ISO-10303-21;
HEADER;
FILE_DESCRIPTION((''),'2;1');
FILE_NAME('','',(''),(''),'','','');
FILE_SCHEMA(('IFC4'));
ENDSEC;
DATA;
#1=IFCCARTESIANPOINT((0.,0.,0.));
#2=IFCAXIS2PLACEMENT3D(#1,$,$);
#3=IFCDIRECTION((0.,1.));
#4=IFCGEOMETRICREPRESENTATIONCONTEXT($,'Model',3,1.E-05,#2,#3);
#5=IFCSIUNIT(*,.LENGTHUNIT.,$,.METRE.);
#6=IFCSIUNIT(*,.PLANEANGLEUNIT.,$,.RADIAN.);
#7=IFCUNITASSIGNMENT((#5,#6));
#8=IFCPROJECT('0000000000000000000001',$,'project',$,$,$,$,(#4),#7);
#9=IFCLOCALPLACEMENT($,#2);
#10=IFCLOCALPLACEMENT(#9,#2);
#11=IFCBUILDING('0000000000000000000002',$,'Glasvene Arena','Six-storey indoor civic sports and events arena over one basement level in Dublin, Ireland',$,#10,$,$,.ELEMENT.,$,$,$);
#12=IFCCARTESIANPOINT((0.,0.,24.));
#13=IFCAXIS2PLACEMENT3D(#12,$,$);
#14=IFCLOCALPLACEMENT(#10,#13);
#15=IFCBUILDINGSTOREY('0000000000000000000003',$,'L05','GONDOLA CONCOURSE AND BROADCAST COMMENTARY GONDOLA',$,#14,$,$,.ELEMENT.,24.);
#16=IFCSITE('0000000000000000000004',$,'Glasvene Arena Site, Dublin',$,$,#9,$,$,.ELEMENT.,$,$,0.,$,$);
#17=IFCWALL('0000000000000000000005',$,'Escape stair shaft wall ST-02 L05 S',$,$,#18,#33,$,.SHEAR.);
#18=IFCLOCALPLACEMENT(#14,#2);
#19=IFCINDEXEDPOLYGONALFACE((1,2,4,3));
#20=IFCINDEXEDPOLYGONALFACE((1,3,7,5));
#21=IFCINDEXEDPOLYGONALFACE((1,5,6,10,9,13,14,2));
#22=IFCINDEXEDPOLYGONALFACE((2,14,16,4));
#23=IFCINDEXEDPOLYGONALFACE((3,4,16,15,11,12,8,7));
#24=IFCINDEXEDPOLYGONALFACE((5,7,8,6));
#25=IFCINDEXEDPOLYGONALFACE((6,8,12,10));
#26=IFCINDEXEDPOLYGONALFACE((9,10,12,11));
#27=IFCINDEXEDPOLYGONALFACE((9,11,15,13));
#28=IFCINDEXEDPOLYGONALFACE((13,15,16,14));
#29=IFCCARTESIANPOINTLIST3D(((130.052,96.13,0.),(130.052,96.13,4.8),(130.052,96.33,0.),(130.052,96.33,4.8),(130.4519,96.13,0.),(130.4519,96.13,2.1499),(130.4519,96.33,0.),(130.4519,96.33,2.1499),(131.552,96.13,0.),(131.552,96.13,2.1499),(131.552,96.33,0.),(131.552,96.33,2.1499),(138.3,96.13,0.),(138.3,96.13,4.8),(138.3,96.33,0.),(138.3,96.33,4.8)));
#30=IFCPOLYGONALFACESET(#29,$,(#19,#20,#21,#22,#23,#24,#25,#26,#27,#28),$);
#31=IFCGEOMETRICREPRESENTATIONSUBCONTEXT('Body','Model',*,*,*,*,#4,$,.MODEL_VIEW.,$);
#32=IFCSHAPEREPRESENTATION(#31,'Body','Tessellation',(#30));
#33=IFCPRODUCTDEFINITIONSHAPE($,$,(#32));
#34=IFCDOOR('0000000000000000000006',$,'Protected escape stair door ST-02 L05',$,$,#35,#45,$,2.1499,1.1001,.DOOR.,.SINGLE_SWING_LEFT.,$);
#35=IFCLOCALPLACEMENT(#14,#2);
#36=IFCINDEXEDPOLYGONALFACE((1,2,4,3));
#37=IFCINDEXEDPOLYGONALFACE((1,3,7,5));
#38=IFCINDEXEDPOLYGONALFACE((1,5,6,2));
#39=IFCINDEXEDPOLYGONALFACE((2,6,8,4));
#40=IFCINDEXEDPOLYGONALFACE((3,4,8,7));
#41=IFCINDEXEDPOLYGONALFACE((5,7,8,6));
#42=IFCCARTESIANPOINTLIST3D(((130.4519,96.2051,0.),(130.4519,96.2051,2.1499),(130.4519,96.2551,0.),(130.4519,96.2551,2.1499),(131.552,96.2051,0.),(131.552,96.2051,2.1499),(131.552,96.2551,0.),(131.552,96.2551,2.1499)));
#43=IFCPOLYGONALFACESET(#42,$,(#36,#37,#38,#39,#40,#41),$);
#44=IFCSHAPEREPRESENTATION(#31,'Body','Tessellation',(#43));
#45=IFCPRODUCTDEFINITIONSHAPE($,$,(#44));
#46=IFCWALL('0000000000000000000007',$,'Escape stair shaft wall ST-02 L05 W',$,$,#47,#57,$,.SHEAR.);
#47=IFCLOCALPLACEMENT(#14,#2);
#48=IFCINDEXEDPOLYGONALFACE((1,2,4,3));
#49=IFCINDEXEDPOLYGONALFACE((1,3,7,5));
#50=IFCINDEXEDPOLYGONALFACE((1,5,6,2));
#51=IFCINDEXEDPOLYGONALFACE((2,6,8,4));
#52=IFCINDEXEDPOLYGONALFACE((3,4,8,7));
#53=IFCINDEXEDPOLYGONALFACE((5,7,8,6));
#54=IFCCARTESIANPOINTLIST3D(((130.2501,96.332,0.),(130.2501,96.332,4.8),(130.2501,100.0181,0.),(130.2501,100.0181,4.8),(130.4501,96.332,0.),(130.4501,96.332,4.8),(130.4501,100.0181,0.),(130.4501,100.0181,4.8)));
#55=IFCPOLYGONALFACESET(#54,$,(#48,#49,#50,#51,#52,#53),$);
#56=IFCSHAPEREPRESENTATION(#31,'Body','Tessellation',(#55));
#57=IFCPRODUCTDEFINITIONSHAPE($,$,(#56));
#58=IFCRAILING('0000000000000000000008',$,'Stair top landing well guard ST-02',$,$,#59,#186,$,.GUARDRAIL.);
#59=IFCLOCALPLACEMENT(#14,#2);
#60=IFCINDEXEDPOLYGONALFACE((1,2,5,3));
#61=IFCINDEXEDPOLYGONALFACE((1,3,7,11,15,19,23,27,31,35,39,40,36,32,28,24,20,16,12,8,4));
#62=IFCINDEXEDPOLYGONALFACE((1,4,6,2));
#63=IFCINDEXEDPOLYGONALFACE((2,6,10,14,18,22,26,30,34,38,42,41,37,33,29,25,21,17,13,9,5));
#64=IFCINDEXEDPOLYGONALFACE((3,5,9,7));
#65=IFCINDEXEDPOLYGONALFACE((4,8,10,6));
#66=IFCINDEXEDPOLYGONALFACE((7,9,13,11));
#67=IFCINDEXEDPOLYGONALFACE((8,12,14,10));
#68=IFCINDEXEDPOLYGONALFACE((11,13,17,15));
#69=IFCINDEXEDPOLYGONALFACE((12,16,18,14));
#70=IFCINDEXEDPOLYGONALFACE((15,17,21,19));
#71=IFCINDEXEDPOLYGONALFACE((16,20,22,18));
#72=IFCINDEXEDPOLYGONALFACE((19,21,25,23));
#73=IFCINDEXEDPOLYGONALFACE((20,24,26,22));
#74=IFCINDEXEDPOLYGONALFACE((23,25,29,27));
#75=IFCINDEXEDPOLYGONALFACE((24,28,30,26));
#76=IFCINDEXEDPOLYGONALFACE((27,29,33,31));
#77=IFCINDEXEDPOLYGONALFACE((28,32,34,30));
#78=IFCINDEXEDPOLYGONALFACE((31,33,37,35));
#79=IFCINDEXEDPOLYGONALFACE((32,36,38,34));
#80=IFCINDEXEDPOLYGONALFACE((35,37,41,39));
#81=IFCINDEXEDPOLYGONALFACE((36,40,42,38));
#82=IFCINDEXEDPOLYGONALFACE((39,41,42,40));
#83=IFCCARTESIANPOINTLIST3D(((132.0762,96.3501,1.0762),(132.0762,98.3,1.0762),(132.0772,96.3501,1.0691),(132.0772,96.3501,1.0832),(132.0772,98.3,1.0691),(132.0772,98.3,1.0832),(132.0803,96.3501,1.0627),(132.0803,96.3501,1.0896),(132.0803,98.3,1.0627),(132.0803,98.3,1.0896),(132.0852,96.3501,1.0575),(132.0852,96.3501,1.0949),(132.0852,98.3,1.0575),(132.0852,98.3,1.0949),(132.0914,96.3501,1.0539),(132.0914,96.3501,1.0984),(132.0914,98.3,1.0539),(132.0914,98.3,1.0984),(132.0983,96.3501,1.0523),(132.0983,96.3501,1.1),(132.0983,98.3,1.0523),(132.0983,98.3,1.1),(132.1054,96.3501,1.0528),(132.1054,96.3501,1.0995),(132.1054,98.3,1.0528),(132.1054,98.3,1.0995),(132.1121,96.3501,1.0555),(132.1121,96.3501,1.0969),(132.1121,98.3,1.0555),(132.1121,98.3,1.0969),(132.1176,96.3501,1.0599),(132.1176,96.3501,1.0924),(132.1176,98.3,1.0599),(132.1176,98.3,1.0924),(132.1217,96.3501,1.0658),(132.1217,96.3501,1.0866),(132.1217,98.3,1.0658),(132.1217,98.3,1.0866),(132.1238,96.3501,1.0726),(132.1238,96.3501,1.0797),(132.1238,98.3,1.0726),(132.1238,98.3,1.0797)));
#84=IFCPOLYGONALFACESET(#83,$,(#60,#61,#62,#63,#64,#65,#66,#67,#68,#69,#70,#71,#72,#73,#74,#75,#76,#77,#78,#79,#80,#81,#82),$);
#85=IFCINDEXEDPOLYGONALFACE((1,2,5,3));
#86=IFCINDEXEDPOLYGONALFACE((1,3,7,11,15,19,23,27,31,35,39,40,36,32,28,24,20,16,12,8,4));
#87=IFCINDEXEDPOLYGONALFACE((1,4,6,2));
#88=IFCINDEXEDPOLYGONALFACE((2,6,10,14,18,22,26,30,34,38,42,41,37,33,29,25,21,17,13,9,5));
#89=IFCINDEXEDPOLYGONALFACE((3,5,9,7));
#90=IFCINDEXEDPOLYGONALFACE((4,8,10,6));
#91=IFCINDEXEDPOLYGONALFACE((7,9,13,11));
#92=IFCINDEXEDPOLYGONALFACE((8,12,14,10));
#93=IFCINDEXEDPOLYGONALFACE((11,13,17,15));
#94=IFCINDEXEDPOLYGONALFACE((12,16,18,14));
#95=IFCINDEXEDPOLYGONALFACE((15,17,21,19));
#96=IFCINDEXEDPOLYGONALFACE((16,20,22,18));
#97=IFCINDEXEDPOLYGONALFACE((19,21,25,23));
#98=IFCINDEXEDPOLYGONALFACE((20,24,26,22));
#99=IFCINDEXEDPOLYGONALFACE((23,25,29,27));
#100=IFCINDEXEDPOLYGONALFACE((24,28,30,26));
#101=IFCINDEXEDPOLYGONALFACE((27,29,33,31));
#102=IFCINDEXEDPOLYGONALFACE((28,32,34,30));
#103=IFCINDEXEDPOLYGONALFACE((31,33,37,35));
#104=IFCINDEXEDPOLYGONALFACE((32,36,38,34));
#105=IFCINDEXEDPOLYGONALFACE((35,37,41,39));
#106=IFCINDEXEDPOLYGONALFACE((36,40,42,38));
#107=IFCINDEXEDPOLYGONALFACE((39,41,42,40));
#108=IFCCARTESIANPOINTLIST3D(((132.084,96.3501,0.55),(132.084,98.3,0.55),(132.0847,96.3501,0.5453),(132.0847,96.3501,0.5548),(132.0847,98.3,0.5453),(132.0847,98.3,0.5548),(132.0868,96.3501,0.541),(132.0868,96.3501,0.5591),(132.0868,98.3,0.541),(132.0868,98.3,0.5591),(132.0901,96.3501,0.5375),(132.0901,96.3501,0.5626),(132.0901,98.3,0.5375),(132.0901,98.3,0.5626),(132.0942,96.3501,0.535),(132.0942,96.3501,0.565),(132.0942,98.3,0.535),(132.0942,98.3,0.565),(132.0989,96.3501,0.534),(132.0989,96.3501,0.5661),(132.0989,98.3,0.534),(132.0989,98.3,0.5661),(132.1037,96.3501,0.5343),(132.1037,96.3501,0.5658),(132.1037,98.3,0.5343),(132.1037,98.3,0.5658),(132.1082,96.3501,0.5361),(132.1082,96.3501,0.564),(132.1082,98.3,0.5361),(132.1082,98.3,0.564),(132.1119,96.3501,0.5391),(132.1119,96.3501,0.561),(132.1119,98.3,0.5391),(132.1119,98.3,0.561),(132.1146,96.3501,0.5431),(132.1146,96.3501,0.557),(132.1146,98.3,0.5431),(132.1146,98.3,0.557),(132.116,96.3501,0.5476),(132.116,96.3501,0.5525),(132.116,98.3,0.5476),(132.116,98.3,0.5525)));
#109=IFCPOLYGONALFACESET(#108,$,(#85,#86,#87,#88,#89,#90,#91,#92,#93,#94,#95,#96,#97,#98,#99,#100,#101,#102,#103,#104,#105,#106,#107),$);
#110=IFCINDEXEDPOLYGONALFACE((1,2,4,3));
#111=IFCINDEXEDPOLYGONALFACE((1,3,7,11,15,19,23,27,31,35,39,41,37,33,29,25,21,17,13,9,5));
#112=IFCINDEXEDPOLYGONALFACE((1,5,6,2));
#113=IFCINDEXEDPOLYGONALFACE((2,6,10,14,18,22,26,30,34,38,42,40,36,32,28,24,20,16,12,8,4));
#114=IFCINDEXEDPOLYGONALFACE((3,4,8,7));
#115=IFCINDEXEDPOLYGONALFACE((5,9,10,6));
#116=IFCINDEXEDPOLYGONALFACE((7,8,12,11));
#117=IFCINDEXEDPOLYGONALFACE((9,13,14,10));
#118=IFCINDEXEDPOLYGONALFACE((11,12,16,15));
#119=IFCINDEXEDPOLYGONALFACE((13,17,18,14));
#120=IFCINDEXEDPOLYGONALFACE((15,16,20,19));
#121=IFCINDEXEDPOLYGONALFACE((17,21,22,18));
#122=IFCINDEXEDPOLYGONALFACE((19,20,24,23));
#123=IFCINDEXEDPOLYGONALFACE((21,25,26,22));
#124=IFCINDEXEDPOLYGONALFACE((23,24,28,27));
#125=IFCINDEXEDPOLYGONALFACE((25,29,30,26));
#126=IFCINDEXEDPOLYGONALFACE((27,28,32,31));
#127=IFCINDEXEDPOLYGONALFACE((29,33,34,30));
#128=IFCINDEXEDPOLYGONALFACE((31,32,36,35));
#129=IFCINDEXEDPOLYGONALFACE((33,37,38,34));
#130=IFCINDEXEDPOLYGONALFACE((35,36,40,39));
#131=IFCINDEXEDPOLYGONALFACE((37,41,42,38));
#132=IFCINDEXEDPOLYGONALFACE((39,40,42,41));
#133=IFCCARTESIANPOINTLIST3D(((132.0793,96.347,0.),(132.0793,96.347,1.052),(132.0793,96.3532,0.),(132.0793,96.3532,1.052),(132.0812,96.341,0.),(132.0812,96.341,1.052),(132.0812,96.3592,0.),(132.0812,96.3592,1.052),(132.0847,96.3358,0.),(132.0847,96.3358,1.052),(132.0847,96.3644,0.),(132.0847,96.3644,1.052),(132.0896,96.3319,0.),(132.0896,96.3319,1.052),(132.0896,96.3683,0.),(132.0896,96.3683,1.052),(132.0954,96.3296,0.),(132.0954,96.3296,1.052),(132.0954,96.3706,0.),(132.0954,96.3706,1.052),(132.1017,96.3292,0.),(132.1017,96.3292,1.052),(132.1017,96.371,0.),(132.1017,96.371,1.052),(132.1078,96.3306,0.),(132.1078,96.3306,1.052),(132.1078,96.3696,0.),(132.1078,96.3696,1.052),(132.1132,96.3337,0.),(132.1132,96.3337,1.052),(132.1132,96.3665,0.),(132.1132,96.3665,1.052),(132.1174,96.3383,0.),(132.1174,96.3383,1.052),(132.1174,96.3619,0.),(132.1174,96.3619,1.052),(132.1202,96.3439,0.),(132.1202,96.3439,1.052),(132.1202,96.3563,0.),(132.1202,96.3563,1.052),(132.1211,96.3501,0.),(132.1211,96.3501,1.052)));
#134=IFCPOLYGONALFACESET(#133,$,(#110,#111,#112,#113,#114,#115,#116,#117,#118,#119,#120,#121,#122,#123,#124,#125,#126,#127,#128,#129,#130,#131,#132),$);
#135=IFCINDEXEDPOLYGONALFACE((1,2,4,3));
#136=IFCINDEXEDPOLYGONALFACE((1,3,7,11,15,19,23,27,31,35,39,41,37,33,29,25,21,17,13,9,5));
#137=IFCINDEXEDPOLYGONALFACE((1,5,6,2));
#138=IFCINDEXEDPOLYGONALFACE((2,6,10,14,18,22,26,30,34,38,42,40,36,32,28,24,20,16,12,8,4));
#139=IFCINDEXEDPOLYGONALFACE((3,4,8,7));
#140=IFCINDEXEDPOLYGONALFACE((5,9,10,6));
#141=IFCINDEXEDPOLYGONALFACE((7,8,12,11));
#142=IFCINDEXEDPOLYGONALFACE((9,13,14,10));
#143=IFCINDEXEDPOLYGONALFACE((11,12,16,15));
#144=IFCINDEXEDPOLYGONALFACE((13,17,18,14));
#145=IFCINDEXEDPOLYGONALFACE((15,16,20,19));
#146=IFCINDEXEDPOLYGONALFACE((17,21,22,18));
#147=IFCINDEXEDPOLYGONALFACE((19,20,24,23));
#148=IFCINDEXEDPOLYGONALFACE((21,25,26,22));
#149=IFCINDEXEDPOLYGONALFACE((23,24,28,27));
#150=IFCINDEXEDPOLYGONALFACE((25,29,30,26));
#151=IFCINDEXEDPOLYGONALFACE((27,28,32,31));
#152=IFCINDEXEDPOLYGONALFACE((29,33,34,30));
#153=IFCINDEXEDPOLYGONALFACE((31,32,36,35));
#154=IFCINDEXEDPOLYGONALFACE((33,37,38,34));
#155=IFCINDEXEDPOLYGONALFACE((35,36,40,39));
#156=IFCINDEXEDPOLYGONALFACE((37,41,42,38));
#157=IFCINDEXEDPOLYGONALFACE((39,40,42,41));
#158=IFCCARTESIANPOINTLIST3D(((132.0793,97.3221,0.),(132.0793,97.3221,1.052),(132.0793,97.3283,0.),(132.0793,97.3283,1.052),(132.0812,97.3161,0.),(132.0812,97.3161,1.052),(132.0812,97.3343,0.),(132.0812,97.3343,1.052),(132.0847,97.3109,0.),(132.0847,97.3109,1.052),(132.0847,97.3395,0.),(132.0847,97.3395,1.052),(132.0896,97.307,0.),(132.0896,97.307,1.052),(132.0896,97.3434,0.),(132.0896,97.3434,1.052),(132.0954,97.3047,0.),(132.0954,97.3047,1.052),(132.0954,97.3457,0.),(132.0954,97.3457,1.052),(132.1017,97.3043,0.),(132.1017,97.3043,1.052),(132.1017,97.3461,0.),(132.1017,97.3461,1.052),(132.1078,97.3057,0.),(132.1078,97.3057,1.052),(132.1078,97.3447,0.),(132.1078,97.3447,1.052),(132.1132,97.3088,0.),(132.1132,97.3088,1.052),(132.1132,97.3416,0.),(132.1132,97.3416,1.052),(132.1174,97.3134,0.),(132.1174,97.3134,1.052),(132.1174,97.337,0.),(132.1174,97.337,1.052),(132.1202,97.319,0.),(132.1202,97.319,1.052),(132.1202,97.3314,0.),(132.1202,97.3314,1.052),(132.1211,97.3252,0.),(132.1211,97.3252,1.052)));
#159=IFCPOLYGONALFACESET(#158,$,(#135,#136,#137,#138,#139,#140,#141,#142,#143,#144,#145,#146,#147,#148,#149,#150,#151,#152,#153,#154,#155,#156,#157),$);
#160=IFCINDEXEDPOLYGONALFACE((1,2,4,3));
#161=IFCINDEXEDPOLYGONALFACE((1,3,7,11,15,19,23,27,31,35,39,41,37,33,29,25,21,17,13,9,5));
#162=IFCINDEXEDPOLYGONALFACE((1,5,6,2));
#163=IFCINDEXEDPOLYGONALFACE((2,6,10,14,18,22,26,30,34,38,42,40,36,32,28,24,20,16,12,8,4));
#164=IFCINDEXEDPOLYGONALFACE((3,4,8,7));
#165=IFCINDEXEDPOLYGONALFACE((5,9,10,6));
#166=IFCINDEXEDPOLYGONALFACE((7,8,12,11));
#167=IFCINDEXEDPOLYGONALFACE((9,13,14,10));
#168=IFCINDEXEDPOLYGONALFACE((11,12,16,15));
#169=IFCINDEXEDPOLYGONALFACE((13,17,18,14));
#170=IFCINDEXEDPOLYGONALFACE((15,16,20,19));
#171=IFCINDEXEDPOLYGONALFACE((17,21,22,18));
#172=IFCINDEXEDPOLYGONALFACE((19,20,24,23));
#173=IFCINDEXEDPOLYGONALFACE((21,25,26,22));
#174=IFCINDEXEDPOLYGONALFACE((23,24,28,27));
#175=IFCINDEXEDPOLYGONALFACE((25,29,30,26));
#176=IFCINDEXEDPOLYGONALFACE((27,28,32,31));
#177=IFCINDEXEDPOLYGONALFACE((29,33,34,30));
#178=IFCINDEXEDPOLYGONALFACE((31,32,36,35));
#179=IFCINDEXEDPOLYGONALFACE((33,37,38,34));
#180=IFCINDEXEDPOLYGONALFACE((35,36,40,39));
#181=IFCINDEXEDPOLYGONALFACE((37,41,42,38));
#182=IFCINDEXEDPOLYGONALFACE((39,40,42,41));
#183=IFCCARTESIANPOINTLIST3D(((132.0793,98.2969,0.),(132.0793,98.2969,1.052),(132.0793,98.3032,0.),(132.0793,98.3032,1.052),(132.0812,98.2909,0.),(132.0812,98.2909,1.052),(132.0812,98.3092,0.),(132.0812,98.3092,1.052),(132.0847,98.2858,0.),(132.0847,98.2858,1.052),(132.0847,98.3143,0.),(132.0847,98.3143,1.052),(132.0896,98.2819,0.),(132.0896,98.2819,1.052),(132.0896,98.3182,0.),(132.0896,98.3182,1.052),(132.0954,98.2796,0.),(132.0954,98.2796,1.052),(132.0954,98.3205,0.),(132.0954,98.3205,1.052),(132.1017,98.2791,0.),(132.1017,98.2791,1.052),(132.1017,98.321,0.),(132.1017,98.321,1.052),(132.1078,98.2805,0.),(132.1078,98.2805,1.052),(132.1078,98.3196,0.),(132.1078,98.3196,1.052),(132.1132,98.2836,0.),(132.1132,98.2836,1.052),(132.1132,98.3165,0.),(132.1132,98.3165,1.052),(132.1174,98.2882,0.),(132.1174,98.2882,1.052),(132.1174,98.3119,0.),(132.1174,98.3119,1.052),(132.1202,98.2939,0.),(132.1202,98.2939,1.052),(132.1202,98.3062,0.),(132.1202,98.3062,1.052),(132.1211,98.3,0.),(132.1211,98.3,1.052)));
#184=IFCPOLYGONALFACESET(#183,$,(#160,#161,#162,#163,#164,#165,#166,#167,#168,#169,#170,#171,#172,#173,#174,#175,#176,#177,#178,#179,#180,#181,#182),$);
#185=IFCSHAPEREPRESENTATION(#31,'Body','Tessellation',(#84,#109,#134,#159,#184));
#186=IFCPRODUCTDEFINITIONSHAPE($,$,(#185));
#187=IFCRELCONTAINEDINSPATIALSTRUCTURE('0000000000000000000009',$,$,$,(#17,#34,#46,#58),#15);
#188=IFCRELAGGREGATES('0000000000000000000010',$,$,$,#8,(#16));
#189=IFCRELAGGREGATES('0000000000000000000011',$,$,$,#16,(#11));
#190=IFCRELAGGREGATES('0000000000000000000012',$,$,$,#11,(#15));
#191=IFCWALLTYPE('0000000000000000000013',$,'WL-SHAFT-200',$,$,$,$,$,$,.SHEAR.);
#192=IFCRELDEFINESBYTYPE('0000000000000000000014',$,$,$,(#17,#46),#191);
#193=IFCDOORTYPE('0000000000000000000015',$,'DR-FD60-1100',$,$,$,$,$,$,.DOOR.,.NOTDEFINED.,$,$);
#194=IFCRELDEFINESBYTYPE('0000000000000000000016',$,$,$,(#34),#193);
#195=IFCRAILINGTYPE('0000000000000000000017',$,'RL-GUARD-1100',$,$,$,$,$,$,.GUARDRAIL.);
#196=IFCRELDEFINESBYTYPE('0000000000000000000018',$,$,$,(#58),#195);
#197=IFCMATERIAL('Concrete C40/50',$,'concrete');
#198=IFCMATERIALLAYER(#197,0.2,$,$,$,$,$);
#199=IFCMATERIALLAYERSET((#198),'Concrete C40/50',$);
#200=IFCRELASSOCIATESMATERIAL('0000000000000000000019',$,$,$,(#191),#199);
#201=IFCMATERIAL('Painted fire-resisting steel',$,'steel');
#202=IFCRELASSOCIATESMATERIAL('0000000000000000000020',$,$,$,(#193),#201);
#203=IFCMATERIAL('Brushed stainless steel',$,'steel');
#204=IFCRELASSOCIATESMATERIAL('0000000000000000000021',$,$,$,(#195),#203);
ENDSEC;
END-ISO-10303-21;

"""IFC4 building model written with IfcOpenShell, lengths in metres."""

from ifc_helpers import new_model, si_unit, direction, frame, frame_2d, origin, origin_2d, place, context, subcontext, project, spatial, rectangle, circle, extrude, material, layer, layer_set, type_object, element, fill, save


model = new_model("IFC4")

# Units and contexts
model_context = context("Model", 3, precision=1e-05, world=origin(), true_north=direction((0.0, 1.0)))
body_context = subcontext(model_context, "Body", "Model", "MODEL_VIEW")
ifc_project = project(units=[si_unit("LENGTHUNIT", "METRE"), si_unit("PLANEANGLEUNIT", "RADIAN")], contexts=[model_context])

# Site, building, storey
site_placement = place(None, origin())
site = spatial("IfcSite", under=ifc_project, at=site_placement, Name="Glasvene Arena Site, Dublin", CompositionType="ELEMENT", RefElevation=0.0)
building_placement = place(site_placement, origin())
building = spatial("IfcBuilding", under=site, at=building_placement, Name="Glasvene Arena", Description="Six-storey indoor civic sports and events arena over one basement level in Dublin, Ireland", CompositionType="ELEMENT")
storey_placement = place(building_placement, frame((0.0, 0.0, 24.0)))
storey = spatial("IfcBuildingStorey", under=building, at=storey_placement, Name="L05", Description="GONDOLA CONCOURSE AND BROADCAST COMMENTARY GONDOLA", CompositionType="ELEMENT", Elevation=24.0)

# Shared definitions
ifc_material_1 = material(Name="Concrete C40/50", Category="concrete")

# Wall, opening, door
ifc_material_2 = material(Name="Painted fire-resisting steel", Category="steel")
ifc_layer_1 = layer(ifc_material_1, 0.2)
ifc_layer_set_1 = layer_set([ifc_layer_1], Name="Concrete C40/50")
wall_type_1 = type_object("IfcWallType", Name="WL-SHAFT-200", PredefinedType="SHEAR", material=ifc_layer_set_1)
wall_1_placement = place(storey_placement, frame((130.052, 96.23, 0.0), z_axis=(0.0, 0.0, 1.0), x_axis=(1.0, 0.0, 0.0)))
wall_1 = element("IfcWall", 1, at=wall_1_placement, inside=storey, type_object=wall_type_1, Name="Escape stair shaft wall ST-02 L05 S", PredefinedType="SHEAR", context=body_context, shape_type="SweptSolid", body=[
    extrude(rectangle(XDim=8.248, YDim=0.2, at=frame_2d((4.124, 0.0))), origin(), (0.0, 0.0, 1.0), 4.8),
])
opening_1_placement = place(wall_1_placement, frame((0.3999, 0.0, 0.0)))
opening_1 = element("IfcOpeningElement", 2, at=opening_1_placement, cuts=wall_1, PredefinedType="OPENING", context=body_context, shape_type="SweptSolid", body=[
    extrude(rectangle(XDim=1.1001, YDim=2.1499, at=frame_2d((0.55, 1.075))), frame((0.0, 0.1099, 0.0), z_axis=(0.0, -1.0, 0.0), x_axis=(1.0, 0.0, 0.0)), (0.0, 0.0, 1.0), 0.22),
])
door_type_1 = type_object("IfcDoorType", Name="DR-FD60-1100", OperationType="NOTDEFINED", PredefinedType="DOOR", material=ifc_material_2)
door_1_placement = place(opening_1_placement, frame((1.1001, 0.0, 0.0), z_axis=(0.0, 0.0, 1.0), x_axis=(-1.0, 0.0, 0.0)))
door_1 = element("IfcDoor", 3, at=door_1_placement, inside=storey, type_object=door_type_1, Name="Protected escape stair door ST-02 L05", OperationType="SINGLE_SWING_LEFT", OverallHeight=2.1499, OverallWidth=1.1001, PredefinedType="DOOR", context=body_context, shape_type="SweptSolid", body=[
    extrude(rectangle(XDim=1.1001, YDim=2.1499, at=frame_2d((0.55, 1.075))), frame((0.0, 0.0249, 0.0), z_axis=(0.0, -1.0, 0.0), x_axis=(1.0, 0.0, 0.0)), (0.0, 0.0, 1.0), 0.05),
])
fill(opening_1, door_1)

# Wall
wall_2_placement = place(storey_placement, frame((130.3501, 96.332, 0.0), z_axis=(0.0, 0.0, 1.0), x_axis=(0.0, 1.0, 0.0)))
element("IfcWall", 4, at=wall_2_placement, inside=storey, type_object=wall_type_1, Name="Escape stair shaft wall ST-02 L05 W", PredefinedType="SHEAR", context=body_context, shape_type="SweptSolid", body=[
    extrude(rectangle(XDim=3.686, YDim=0.2, at=frame_2d((1.843, 0.0))), origin(), (0.0, 0.0, 1.0), 4.8),
])

# Railing
ifc_material_3 = material(Name="Brushed stainless steel", Category="steel")
railing_type_1 = type_object("IfcRailingType", Name="RL-GUARD-1100", PredefinedType="GUARDRAIL", material=ifc_material_3)
railing_1_placement = place(storey_placement, frame((132.1001, 96.3501, 0.0)))
element("IfcRailing", 5, at=railing_1_placement, inside=storey, type_object=railing_type_1, Name="Stair top landing well guard ST-02", PredefinedType="GUARDRAIL", context=body_context, shape_type="SweptSolid", body=[
    extrude(circle(Radius=0.0239, at=origin_2d()), frame((0.0, 0.0, 1.0762), z_axis=(0.0, 1.0, 0.0), x_axis=(-1.0, 0.0, 0.0)), (0.0, 0.0, 1.0), 1.95),
    extrude(circle(Radius=0.0161, at=origin_2d()), frame((0.0, 0.0, 0.55), z_axis=(0.0, 1.0, 0.0), x_axis=(-1.0, 0.0, 0.0)), (0.0, 0.0, 1.0), 1.95),
    extrude(circle(Radius=0.021, at=origin_2d()), origin(), (0.0, 0.0, 1.0), 1.052),
    extrude(circle(Radius=0.021, at=origin_2d()), frame((0.0, 0.9751, 0.0)), (0.0, 0.0, 1.0), 1.052),
    extrude(circle(Radius=0.021, at=origin_2d()), frame((0.0, 1.95, 0.0)), (0.0, 0.0, 1.0), 1.052),
])

save(model, "model.ifc")
